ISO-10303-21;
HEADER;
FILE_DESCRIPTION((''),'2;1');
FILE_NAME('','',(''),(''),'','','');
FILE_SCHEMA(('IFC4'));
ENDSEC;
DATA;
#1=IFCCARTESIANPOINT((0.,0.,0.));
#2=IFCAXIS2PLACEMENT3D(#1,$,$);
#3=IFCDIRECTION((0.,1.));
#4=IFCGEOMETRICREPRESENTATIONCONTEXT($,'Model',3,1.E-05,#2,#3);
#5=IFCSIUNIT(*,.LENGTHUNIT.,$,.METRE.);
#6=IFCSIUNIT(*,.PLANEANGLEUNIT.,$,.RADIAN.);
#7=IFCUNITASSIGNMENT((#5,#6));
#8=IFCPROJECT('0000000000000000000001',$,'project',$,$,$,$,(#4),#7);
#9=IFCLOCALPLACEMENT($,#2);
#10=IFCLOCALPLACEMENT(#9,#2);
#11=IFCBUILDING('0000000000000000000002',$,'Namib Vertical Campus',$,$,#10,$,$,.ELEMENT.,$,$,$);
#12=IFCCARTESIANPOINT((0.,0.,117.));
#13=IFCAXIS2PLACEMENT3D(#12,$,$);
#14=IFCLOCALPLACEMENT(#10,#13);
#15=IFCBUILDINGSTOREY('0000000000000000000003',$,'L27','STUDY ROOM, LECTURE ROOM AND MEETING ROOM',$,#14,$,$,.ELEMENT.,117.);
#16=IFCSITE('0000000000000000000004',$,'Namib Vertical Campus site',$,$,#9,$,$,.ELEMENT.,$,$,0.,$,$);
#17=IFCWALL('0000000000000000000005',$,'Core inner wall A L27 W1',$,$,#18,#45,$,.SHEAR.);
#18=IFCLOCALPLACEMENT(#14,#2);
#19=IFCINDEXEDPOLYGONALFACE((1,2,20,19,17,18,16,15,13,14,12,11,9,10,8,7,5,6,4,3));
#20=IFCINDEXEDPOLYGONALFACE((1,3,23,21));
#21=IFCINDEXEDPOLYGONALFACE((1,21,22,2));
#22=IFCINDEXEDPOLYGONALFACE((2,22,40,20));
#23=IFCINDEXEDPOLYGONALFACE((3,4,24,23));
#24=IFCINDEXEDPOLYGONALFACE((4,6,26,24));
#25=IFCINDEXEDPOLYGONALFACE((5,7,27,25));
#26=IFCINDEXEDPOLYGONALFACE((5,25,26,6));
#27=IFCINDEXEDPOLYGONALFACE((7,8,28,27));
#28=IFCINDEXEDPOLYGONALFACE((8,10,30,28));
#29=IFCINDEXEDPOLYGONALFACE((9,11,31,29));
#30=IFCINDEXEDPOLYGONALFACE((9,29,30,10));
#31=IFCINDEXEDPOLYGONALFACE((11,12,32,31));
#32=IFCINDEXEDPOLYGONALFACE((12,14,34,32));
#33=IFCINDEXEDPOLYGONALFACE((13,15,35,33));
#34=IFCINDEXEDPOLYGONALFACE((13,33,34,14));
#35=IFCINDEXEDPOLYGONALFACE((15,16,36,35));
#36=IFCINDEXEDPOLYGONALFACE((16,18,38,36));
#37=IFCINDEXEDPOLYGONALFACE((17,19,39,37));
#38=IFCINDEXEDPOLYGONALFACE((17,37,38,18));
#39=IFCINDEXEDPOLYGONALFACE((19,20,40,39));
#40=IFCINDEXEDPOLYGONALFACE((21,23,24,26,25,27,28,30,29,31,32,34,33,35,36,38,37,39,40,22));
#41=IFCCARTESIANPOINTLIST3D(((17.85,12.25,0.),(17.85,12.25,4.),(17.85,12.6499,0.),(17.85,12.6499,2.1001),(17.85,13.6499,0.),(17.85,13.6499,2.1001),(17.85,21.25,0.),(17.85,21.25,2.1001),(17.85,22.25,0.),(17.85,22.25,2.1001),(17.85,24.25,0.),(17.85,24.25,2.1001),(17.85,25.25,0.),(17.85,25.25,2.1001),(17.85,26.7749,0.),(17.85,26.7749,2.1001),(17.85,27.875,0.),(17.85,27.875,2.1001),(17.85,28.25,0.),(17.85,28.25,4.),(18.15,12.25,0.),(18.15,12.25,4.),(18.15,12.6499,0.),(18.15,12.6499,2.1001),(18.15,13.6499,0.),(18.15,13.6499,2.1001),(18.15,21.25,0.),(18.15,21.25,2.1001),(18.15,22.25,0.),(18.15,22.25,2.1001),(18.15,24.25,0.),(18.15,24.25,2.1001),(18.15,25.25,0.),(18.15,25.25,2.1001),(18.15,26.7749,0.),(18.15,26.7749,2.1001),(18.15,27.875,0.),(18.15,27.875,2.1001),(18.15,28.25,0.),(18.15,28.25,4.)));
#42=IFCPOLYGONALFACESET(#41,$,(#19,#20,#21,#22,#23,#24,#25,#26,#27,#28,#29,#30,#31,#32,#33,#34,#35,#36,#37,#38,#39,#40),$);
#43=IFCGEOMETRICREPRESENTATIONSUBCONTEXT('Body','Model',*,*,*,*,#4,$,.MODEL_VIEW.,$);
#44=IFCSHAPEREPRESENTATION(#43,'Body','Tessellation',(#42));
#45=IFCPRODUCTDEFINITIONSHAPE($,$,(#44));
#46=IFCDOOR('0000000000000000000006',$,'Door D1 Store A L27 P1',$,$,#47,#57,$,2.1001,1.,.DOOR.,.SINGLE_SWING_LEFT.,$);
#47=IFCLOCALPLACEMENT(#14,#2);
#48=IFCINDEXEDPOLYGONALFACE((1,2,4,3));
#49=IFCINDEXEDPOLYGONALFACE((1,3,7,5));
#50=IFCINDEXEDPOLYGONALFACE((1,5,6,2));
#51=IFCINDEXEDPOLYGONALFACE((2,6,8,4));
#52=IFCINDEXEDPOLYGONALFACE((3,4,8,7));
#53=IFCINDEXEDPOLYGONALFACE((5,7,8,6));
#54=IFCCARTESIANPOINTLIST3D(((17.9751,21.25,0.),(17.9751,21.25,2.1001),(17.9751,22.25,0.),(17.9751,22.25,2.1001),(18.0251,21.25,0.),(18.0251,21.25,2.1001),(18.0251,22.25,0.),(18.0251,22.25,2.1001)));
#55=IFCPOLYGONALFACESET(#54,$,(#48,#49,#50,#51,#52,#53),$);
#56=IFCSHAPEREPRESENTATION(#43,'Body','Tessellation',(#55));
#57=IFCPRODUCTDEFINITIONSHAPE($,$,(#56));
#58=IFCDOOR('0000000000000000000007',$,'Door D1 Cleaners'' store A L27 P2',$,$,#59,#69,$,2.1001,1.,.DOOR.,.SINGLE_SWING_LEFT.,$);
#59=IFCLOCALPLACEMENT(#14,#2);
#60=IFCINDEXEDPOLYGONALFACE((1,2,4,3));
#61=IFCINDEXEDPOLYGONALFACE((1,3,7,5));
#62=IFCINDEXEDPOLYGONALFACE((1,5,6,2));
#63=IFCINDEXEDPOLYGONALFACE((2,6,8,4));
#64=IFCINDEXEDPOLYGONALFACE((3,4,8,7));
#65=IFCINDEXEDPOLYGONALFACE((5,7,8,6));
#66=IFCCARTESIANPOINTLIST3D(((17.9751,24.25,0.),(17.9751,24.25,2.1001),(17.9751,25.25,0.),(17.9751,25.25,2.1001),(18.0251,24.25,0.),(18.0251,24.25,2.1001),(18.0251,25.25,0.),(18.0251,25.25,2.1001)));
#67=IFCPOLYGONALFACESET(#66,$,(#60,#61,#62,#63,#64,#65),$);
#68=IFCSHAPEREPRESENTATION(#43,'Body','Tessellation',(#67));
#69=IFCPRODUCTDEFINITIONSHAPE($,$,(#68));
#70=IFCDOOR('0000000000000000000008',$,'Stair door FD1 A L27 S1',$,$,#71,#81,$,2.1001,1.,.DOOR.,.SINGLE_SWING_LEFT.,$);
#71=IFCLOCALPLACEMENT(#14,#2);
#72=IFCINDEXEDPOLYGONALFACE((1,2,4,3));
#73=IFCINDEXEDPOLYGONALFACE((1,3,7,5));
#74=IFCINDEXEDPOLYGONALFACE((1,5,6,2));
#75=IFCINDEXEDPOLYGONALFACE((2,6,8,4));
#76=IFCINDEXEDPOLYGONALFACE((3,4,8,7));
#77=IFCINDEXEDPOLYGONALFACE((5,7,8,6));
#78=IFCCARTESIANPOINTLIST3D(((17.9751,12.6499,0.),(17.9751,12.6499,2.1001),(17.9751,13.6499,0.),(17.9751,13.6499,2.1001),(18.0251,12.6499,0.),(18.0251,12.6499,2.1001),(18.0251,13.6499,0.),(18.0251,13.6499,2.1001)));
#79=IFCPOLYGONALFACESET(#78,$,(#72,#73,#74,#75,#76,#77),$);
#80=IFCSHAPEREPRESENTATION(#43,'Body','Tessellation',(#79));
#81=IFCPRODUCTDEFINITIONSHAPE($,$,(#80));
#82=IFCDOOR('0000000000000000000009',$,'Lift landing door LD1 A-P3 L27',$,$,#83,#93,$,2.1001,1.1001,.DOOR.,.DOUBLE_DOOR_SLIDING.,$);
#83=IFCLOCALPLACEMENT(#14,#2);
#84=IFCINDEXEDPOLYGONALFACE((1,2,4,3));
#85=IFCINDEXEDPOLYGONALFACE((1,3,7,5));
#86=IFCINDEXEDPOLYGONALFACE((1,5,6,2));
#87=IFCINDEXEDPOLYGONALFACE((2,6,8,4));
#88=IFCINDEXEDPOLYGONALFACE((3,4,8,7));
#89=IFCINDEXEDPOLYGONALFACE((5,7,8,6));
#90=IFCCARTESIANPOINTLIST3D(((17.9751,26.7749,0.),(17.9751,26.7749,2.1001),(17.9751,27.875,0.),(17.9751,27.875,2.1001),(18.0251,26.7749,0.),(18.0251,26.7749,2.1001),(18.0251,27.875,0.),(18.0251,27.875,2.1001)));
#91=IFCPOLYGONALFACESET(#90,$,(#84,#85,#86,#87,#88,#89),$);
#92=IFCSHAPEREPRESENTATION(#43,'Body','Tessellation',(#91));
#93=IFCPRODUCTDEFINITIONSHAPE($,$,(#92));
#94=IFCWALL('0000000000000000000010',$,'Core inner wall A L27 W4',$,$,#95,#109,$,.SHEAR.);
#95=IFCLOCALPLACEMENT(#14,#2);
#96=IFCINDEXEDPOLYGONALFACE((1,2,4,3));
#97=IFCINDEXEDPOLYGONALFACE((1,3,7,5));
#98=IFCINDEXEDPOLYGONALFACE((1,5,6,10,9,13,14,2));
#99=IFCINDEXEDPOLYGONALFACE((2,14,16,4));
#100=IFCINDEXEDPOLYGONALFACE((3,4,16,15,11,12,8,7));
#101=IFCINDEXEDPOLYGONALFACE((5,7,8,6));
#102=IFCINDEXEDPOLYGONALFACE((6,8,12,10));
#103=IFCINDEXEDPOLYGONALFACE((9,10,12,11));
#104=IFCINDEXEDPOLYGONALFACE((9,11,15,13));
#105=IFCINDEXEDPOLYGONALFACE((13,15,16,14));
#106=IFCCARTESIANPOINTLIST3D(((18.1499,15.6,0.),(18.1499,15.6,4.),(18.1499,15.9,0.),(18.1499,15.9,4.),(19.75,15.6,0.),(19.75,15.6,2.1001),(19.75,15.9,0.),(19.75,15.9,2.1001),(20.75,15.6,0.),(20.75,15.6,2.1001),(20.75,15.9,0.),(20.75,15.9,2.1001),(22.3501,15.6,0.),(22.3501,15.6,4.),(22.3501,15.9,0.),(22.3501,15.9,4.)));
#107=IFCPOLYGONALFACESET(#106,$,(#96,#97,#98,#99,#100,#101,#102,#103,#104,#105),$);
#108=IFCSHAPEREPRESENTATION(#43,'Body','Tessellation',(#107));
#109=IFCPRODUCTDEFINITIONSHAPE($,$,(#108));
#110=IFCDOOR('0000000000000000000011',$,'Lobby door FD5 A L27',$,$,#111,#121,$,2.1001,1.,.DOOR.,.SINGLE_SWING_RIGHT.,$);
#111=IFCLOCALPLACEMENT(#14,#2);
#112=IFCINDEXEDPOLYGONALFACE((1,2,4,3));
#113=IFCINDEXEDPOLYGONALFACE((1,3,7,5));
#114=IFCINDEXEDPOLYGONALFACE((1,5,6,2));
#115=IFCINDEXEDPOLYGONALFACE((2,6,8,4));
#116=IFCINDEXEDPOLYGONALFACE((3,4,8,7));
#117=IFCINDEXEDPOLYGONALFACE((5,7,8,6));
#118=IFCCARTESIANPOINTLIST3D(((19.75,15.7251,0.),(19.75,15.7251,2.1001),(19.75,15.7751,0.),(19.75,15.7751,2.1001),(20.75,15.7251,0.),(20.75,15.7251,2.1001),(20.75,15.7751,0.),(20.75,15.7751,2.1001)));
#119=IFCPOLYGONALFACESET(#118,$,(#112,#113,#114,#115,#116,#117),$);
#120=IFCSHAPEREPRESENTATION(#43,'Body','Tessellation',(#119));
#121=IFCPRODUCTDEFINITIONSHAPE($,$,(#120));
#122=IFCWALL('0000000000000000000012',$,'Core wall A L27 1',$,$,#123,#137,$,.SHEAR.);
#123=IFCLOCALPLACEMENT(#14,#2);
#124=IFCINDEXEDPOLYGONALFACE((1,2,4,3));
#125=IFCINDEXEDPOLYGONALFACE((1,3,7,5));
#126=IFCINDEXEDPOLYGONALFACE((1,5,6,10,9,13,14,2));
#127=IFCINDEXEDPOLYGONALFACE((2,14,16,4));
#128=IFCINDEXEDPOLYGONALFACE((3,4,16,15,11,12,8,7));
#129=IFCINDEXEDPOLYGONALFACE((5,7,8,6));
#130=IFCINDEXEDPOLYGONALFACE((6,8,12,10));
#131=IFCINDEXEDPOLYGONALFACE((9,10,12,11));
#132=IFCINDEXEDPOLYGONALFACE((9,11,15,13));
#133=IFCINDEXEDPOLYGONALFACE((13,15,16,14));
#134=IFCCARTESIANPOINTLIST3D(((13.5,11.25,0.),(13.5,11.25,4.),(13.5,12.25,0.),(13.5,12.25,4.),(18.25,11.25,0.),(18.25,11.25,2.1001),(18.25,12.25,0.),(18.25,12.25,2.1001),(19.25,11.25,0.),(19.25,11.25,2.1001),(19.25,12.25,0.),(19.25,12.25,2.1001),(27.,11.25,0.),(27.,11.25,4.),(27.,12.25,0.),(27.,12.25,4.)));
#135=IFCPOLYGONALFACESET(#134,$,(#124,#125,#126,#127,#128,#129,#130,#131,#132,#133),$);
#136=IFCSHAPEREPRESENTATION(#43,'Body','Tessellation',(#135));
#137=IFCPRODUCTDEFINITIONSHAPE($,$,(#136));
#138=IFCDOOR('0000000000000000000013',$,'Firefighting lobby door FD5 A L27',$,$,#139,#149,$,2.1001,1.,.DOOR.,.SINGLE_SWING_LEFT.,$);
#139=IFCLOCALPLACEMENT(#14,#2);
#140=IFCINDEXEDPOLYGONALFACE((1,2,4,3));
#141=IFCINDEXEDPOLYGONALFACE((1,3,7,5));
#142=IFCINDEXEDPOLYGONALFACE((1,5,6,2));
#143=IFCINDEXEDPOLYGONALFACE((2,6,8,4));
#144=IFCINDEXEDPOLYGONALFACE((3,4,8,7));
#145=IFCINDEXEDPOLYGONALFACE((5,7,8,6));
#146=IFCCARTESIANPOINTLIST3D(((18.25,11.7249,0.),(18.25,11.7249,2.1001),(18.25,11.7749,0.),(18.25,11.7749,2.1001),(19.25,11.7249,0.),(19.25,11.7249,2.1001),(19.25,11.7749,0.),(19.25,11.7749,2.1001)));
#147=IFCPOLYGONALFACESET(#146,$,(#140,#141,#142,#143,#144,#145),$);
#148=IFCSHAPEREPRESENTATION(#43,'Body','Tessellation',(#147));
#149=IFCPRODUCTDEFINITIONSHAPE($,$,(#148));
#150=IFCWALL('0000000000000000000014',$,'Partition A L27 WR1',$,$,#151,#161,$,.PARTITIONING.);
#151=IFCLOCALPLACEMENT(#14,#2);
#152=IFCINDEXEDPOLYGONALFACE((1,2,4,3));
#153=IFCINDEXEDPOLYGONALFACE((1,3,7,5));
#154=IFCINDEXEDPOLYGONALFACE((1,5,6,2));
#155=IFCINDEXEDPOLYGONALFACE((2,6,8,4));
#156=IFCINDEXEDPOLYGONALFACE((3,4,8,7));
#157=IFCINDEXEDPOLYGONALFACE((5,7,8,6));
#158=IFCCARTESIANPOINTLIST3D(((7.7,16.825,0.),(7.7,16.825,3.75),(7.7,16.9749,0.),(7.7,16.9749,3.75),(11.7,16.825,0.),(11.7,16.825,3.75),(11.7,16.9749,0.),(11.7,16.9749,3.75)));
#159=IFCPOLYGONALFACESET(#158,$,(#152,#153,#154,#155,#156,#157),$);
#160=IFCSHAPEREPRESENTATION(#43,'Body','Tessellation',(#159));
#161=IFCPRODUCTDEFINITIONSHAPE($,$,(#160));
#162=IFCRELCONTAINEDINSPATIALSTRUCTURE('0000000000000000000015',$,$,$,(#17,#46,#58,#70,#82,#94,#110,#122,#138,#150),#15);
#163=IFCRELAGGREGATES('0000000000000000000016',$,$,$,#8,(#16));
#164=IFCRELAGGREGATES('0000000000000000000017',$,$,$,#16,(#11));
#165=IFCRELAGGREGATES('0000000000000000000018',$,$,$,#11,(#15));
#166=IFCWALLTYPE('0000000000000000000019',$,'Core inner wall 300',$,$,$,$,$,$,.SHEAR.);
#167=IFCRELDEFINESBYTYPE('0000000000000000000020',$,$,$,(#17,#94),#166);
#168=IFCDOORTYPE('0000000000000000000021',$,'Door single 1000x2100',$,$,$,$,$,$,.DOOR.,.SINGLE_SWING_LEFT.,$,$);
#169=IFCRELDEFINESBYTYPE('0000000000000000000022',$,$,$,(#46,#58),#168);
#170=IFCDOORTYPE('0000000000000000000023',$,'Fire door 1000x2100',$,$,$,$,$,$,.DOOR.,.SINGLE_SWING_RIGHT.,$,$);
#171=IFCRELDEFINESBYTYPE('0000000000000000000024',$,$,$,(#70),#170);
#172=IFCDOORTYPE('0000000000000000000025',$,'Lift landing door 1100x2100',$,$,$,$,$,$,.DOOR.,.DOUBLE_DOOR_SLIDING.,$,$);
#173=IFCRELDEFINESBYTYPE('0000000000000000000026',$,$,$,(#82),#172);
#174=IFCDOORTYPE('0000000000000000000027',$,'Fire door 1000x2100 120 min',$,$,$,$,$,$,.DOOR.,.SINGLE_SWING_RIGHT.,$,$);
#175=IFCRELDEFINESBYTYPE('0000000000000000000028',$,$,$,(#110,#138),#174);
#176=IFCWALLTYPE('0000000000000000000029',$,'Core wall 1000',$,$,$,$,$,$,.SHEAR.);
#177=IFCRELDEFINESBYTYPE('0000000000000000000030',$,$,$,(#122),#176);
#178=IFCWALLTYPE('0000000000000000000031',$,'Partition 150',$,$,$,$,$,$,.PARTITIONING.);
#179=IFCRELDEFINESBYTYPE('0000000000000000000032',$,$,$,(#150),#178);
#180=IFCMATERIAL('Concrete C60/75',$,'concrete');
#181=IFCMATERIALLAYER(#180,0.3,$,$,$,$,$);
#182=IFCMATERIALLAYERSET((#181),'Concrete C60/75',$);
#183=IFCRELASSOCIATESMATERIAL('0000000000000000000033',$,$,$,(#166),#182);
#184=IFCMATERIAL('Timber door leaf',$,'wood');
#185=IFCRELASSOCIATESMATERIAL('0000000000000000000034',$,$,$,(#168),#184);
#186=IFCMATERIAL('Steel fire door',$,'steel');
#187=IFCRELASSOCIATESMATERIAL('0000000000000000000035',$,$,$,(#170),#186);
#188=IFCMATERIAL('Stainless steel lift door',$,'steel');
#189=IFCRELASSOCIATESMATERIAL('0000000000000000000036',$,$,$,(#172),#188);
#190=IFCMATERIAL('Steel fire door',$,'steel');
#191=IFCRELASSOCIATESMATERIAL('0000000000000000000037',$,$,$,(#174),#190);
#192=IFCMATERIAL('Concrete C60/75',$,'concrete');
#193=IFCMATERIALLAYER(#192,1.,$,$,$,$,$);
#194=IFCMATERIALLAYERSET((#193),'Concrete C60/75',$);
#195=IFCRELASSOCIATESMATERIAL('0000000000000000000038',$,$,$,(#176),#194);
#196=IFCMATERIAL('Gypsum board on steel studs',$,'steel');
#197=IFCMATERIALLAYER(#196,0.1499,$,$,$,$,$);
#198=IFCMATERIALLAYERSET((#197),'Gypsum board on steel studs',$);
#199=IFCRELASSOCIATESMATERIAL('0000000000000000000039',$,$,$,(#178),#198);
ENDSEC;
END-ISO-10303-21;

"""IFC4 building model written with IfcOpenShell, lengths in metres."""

from ifc_helpers import new_model, si_unit, direction, frame, frame_2d, origin, place, context, subcontext, project, spatial, rectangle, extrude, material, layer, layer_set, type_object, element, fill, save


model = new_model("IFC4")

# Units and contexts
model_context = context("Model", 3, precision=1e-05, world=origin(), true_north=direction((0.0, 1.0)))
body_context = subcontext(model_context, "Body", "Model", "MODEL_VIEW")
ifc_project = project(units=[si_unit("LENGTHUNIT", "METRE"), si_unit("PLANEANGLEUNIT", "RADIAN")], contexts=[model_context])

# Site, building, storey
site_placement = place(None, origin())
site = spatial("IfcSite", under=ifc_project, at=site_placement, Name="Namib Vertical Campus site", CompositionType="ELEMENT", RefElevation=0.0)
building_placement = place(site_placement, origin())
building = spatial("IfcBuilding", under=site, at=building_placement, Name="Namib Vertical Campus", CompositionType="ELEMENT")
storey_placement = place(building_placement, frame((0.0, 0.0, 117.0)))
storey = spatial("IfcBuildingStorey", under=building, at=storey_placement, Name="L27", Description="STUDY ROOM, LECTURE ROOM AND MEETING ROOM", CompositionType="ELEMENT", Elevation=117.0)

# Wall, openings, doors
ifc_material_1 = material(Name="Concrete C60/75", Category="concrete")
ifc_layer_1 = layer(ifc_material_1, 0.3)
ifc_layer_set_1 = layer_set([ifc_layer_1], Name="Concrete C60/75")
wall_type_1 = type_object("IfcWallType", Name="Core inner wall 300", PredefinedType="SHEAR", material=ifc_layer_set_1)
wall_1_placement = place(storey_placement, frame((18.0, 12.25, 0.0), z_axis=(0.0, 0.0, 1.0), x_axis=(0.0, 1.0, 0.0)))
wall_1 = element("IfcWall", 1, at=wall_1_placement, inside=storey, type_object=wall_type_1, Name="Core inner wall A L27 W1", PredefinedType="SHEAR", context=body_context, shape_type="SweptSolid", body=[
    extrude(rectangle(XDim=16.0, YDim=0.3, at=frame_2d((8.0, 0.0))), origin(), (0.0, 0.0, 1.0), 4.0),
])
opening_1_placement = place(wall_1_placement, frame((0.3999, 0.0, 0.0)))
opening_1 = element("IfcOpeningElement", 2, at=opening_1_placement, cuts=wall_1, PredefinedType="OPENING", context=body_context, shape_type="SweptSolid", body=[
    extrude(rectangle(XDim=1.0, YDim=2.1001, at=frame_2d((0.5, 1.05))), frame((0.0, 0.1599, 0.0), z_axis=(0.0, -1.0, 0.0), x_axis=(1.0, 0.0, 0.0)), (0.0, 0.0, 1.0), 0.3201),
])
opening_2_placement = place(wall_1_placement, frame((14.5249, 0.0, 0.0)))
opening_2 = element("IfcOpeningElement", 3, at=opening_2_placement, cuts=wall_1, PredefinedType="OPENING", context=body_context, shape_type="SweptSolid", body=[
    extrude(rectangle(XDim=1.1001, YDim=2.1001, at=frame_2d((0.55, 1.05))), frame((0.0, 0.1599, 0.0), z_axis=(0.0, -1.0, 0.0), x_axis=(1.0, 0.0, 0.0)), (0.0, 0.0, 1.0), 0.3201),
])
opening_3_placement = place(wall_1_placement, frame((9.0, 0.0, 0.0)))
opening_3 = element("IfcOpeningElement", 4, at=opening_3_placement, cuts=wall_1, PredefinedType="OPENING", context=body_context, shape_type="SweptSolid", body=[
    extrude(rectangle(XDim=1.0, YDim=2.1001, at=frame_2d((0.5, 1.05))), frame((0.0, 0.1599, 0.0), z_axis=(0.0, -1.0, 0.0), x_axis=(1.0, 0.0, 0.0)), (0.0, 0.0, 1.0), 0.3201),
])
opening_4_placement = place(wall_1_placement, frame((12.0, 0.0, 0.0)))
opening_4 = element("IfcOpeningElement", 5, at=opening_4_placement, cuts=wall_1, PredefinedType="OPENING", context=body_context, shape_type="SweptSolid", body=[
    extrude(rectangle(XDim=1.0, YDim=2.1001, at=frame_2d((0.5, 1.05))), frame((0.0, 0.1599, 0.0), z_axis=(0.0, -1.0, 0.0), x_axis=(1.0, 0.0, 0.0)), (0.0, 0.0, 1.0), 0.3201),
])
ifc_material_2 = material(Name="Timber door leaf", Category="wood")
door_type_1 = type_object("IfcDoorType", Name="Door single 1000x2100", OperationType="SINGLE_SWING_LEFT", PredefinedType="DOOR", material=ifc_material_2)
door_1_placement = place(opening_3_placement, origin())
door_1 = element("IfcDoor", 6, at=door_1_placement, inside=storey, type_object=door_type_1, Name="Door D1 Store A L27 P1", OperationType="SINGLE_SWING_LEFT", OverallHeight=2.1001, OverallWidth=1.0, PredefinedType="DOOR", context=body_context, shape_type="SweptSolid", body=[
    extrude(rectangle(XDim=1.0, YDim=2.1001, at=frame_2d((0.5, 1.05))), frame((0.0, 0.0249, 0.0), z_axis=(0.0, -1.0, 0.0), x_axis=(1.0, 0.0, 0.0)), (0.0, 0.0, 1.0), 0.05),
])
fill(opening_3, door_1)
door_2_placement = place(opening_4_placement, origin())
door_2 = element("IfcDoor", 7, at=door_2_placement, inside=storey, type_object=door_type_1, Name="Door D1 Cleaners' store A L27 P2", OperationType="SINGLE_SWING_LEFT", OverallHeight=2.1001, OverallWidth=1.0, PredefinedType="DOOR", context=body_context, shape_type="SweptSolid", body=[
    extrude(rectangle(XDim=1.0, YDim=2.1001, at=frame_2d((0.5, 1.05))), frame((0.0, 0.0249, 0.0), z_axis=(0.0, -1.0, 0.0), x_axis=(1.0, 0.0, 0.0)), (0.0, 0.0, 1.0), 0.05),
])
fill(opening_4, door_2)
ifc_material_3 = material(Name="Steel fire door", Category="steel")
door_type_2 = type_object("IfcDoorType", Name="Fire door 1000x2100", OperationType="SINGLE_SWING_RIGHT", PredefinedType="DOOR", material=ifc_material_3)
door_3_placement = place(opening_1_placement, origin())
door_3 = element("IfcDoor", 8, at=door_3_placement, inside=storey, type_object=door_type_2, Name="Stair door FD1 A L27 S1", OperationType="SINGLE_SWING_LEFT", OverallHeight=2.1001, OverallWidth=1.0, PredefinedType="DOOR", context=body_context, shape_type="SweptSolid", body=[
    extrude(rectangle(XDim=1.0, YDim=2.1001, at=frame_2d((0.5, 1.05))), frame((0.0, 0.0249, 0.0), z_axis=(0.0, -1.0, 0.0), x_axis=(1.0, 0.0, 0.0)), (0.0, 0.0, 1.0), 0.05),
])
fill(opening_1, door_3)
ifc_material_4 = material(Name="Stainless steel lift door", Category="steel")
door_type_3 = type_object("IfcDoorType", Name="Lift landing door 1100x2100", OperationType="DOUBLE_DOOR_SLIDING", PredefinedType="DOOR", material=ifc_material_4)
door_4_placement = place(opening_2_placement, origin())
door_4 = element("IfcDoor", 9, at=door_4_placement, inside=storey, type_object=door_type_3, Name="Lift landing door LD1 A-P3 L27", OperationType="DOUBLE_DOOR_SLIDING", OverallHeight=2.1001, OverallWidth=1.1001, PredefinedType="DOOR", context=body_context, shape_type="SweptSolid", body=[
    extrude(rectangle(XDim=1.1001, YDim=2.1001, at=frame_2d((0.55, 1.05))), frame((0.0, 0.0249, 0.0), z_axis=(0.0, -1.0, 0.0), x_axis=(1.0, 0.0, 0.0)), (0.0, 0.0, 1.0), 0.05),
])
fill(opening_2, door_4)

# Walls, openings, doors
wall_2_placement = place(storey_placement, frame((18.1499, 15.75, 0.0), z_axis=(0.0, 0.0, 1.0), x_axis=(1.0, 0.0, 0.0)))
wall_2 = element("IfcWall", 10, at=wall_2_placement, inside=storey, type_object=wall_type_1, Name="Core inner wall A L27 W4", PredefinedType="SHEAR", context=body_context, shape_type="SweptSolid", body=[
    extrude(rectangle(XDim=4.2002, YDim=0.3, at=frame_2d((2.1001, 0.0))), origin(), (0.0, 0.0, 1.0), 4.0),
])
opening_5_placement = place(wall_2_placement, frame((1.6001, 0.0, 0.0)))
opening_5 = element("IfcOpeningElement", 11, at=opening_5_placement, cuts=wall_2, PredefinedType="OPENING", context=body_context, shape_type="SweptSolid", body=[
    extrude(rectangle(XDim=1.0, YDim=2.1001, at=frame_2d((0.5, 1.05))), frame((0.0, 0.1599, 0.0), z_axis=(0.0, -1.0, 0.0), x_axis=(1.0, 0.0, 0.0)), (0.0, 0.0, 1.0), 0.3201),
])
ifc_material_5 = material(Name="Steel fire door", Category="steel")
door_type_4 = type_object("IfcDoorType", Name="Fire door 1000x2100 120 min", OperationType="SINGLE_SWING_RIGHT", PredefinedType="DOOR", material=ifc_material_5)
door_5_placement = place(opening_5_placement, frame((1.0, 0.0, 0.0), z_axis=(0.0, 0.0, 1.0), x_axis=(-1.0, 0.0, 0.0)))
door_5 = element("IfcDoor", 12, at=door_5_placement, inside=storey, type_object=door_type_4, Name="Lobby door FD5 A L27", OperationType="SINGLE_SWING_RIGHT", OverallHeight=2.1001, OverallWidth=1.0, PredefinedType="DOOR", context=body_context, shape_type="SweptSolid", body=[
    extrude(rectangle(XDim=1.0, YDim=2.1001, at=frame_2d((0.5, 1.05))), frame((0.0, 0.0249, 0.0), z_axis=(0.0, -1.0, 0.0), x_axis=(1.0, 0.0, 0.0)), (0.0, 0.0, 1.0), 0.05),
])
fill(opening_5, door_5)
ifc_material_6 = material(Name="Concrete C60/75", Category="concrete")
ifc_layer_2 = layer(ifc_material_6, 1.0)
ifc_layer_set_2 = layer_set([ifc_layer_2], Name="Concrete C60/75")
wall_type_2 = type_object("IfcWallType", Name="Core wall 1000", PredefinedType="SHEAR", material=ifc_layer_set_2)
wall_3_placement = place(storey_placement, frame((13.5, 11.75, 0.0), z_axis=(0.0, 0.0, 1.0), x_axis=(1.0, 0.0, 0.0)))
wall_3 = element("IfcWall", 13, at=wall_3_placement, inside=storey, type_object=wall_type_2, Name="Core wall A L27 1", PredefinedType="SHEAR", context=body_context, shape_type="SweptSolid", body=[
    extrude(rectangle(XDim=13.5, YDim=1.0, at=frame_2d((6.75, 0.0))), origin(), (0.0, 0.0, 1.0), 4.0),
])
opening_6_placement = place(wall_3_placement, frame((4.75, 0.0, 0.0)))
opening_6 = element("IfcOpeningElement", 14, at=opening_6_placement, cuts=wall_3, PredefinedType="OPENING", context=body_context, shape_type="SweptSolid", body=[
    extrude(rectangle(XDim=1.0, YDim=2.1001, at=frame_2d((0.5, 1.05))), frame((0.0, 0.51, 0.0), z_axis=(0.0, -1.0, 0.0), x_axis=(1.0, 0.0, 0.0)), (0.0, 0.0, 1.0), 1.02),
])
door_6_placement = place(opening_6_placement, origin())
door_6 = element("IfcDoor", 15, at=door_6_placement, inside=storey, type_object=door_type_4, Name="Firefighting lobby door FD5 A L27", OperationType="SINGLE_SWING_LEFT", OverallHeight=2.1001, OverallWidth=1.0, PredefinedType="DOOR", context=body_context, shape_type="SweptSolid", body=[
    extrude(rectangle(XDim=1.0, YDim=2.1001, at=frame_2d((0.5, 1.05))), frame((0.0, 0.0249, 0.0), z_axis=(0.0, -1.0, 0.0), x_axis=(1.0, 0.0, 0.0)), (0.0, 0.0, 1.0), 0.05),
])
fill(opening_6, door_6)

# Wall
ifc_material_7 = material(Name="Gypsum board on steel studs", Category="steel")
ifc_layer_3 = layer(ifc_material_7, 0.1499)
ifc_layer_set_3 = layer_set([ifc_layer_3], Name="Gypsum board on steel studs")
wall_type_3 = type_object("IfcWallType", Name="Partition 150", PredefinedType="PARTITIONING", material=ifc_layer_set_3)
wall_4_placement = place(storey_placement, frame((11.7, 16.8999, 0.0), z_axis=(0.0, 0.0, 1.0), x_axis=(-1.0, 0.0, 0.0)))
element("IfcWall", 16, at=wall_4_placement, inside=storey, type_object=wall_type_3, Name="Partition A L27 WR1", PredefinedType="PARTITIONING", context=body_context, shape_type="SweptSolid", body=[
    extrude(rectangle(XDim=4.0, YDim=0.1499, at=frame_2d((2.0, 0.0))), origin(), (0.0, 0.0, 1.0), 3.75),
])

save(model, "model.ifc")
